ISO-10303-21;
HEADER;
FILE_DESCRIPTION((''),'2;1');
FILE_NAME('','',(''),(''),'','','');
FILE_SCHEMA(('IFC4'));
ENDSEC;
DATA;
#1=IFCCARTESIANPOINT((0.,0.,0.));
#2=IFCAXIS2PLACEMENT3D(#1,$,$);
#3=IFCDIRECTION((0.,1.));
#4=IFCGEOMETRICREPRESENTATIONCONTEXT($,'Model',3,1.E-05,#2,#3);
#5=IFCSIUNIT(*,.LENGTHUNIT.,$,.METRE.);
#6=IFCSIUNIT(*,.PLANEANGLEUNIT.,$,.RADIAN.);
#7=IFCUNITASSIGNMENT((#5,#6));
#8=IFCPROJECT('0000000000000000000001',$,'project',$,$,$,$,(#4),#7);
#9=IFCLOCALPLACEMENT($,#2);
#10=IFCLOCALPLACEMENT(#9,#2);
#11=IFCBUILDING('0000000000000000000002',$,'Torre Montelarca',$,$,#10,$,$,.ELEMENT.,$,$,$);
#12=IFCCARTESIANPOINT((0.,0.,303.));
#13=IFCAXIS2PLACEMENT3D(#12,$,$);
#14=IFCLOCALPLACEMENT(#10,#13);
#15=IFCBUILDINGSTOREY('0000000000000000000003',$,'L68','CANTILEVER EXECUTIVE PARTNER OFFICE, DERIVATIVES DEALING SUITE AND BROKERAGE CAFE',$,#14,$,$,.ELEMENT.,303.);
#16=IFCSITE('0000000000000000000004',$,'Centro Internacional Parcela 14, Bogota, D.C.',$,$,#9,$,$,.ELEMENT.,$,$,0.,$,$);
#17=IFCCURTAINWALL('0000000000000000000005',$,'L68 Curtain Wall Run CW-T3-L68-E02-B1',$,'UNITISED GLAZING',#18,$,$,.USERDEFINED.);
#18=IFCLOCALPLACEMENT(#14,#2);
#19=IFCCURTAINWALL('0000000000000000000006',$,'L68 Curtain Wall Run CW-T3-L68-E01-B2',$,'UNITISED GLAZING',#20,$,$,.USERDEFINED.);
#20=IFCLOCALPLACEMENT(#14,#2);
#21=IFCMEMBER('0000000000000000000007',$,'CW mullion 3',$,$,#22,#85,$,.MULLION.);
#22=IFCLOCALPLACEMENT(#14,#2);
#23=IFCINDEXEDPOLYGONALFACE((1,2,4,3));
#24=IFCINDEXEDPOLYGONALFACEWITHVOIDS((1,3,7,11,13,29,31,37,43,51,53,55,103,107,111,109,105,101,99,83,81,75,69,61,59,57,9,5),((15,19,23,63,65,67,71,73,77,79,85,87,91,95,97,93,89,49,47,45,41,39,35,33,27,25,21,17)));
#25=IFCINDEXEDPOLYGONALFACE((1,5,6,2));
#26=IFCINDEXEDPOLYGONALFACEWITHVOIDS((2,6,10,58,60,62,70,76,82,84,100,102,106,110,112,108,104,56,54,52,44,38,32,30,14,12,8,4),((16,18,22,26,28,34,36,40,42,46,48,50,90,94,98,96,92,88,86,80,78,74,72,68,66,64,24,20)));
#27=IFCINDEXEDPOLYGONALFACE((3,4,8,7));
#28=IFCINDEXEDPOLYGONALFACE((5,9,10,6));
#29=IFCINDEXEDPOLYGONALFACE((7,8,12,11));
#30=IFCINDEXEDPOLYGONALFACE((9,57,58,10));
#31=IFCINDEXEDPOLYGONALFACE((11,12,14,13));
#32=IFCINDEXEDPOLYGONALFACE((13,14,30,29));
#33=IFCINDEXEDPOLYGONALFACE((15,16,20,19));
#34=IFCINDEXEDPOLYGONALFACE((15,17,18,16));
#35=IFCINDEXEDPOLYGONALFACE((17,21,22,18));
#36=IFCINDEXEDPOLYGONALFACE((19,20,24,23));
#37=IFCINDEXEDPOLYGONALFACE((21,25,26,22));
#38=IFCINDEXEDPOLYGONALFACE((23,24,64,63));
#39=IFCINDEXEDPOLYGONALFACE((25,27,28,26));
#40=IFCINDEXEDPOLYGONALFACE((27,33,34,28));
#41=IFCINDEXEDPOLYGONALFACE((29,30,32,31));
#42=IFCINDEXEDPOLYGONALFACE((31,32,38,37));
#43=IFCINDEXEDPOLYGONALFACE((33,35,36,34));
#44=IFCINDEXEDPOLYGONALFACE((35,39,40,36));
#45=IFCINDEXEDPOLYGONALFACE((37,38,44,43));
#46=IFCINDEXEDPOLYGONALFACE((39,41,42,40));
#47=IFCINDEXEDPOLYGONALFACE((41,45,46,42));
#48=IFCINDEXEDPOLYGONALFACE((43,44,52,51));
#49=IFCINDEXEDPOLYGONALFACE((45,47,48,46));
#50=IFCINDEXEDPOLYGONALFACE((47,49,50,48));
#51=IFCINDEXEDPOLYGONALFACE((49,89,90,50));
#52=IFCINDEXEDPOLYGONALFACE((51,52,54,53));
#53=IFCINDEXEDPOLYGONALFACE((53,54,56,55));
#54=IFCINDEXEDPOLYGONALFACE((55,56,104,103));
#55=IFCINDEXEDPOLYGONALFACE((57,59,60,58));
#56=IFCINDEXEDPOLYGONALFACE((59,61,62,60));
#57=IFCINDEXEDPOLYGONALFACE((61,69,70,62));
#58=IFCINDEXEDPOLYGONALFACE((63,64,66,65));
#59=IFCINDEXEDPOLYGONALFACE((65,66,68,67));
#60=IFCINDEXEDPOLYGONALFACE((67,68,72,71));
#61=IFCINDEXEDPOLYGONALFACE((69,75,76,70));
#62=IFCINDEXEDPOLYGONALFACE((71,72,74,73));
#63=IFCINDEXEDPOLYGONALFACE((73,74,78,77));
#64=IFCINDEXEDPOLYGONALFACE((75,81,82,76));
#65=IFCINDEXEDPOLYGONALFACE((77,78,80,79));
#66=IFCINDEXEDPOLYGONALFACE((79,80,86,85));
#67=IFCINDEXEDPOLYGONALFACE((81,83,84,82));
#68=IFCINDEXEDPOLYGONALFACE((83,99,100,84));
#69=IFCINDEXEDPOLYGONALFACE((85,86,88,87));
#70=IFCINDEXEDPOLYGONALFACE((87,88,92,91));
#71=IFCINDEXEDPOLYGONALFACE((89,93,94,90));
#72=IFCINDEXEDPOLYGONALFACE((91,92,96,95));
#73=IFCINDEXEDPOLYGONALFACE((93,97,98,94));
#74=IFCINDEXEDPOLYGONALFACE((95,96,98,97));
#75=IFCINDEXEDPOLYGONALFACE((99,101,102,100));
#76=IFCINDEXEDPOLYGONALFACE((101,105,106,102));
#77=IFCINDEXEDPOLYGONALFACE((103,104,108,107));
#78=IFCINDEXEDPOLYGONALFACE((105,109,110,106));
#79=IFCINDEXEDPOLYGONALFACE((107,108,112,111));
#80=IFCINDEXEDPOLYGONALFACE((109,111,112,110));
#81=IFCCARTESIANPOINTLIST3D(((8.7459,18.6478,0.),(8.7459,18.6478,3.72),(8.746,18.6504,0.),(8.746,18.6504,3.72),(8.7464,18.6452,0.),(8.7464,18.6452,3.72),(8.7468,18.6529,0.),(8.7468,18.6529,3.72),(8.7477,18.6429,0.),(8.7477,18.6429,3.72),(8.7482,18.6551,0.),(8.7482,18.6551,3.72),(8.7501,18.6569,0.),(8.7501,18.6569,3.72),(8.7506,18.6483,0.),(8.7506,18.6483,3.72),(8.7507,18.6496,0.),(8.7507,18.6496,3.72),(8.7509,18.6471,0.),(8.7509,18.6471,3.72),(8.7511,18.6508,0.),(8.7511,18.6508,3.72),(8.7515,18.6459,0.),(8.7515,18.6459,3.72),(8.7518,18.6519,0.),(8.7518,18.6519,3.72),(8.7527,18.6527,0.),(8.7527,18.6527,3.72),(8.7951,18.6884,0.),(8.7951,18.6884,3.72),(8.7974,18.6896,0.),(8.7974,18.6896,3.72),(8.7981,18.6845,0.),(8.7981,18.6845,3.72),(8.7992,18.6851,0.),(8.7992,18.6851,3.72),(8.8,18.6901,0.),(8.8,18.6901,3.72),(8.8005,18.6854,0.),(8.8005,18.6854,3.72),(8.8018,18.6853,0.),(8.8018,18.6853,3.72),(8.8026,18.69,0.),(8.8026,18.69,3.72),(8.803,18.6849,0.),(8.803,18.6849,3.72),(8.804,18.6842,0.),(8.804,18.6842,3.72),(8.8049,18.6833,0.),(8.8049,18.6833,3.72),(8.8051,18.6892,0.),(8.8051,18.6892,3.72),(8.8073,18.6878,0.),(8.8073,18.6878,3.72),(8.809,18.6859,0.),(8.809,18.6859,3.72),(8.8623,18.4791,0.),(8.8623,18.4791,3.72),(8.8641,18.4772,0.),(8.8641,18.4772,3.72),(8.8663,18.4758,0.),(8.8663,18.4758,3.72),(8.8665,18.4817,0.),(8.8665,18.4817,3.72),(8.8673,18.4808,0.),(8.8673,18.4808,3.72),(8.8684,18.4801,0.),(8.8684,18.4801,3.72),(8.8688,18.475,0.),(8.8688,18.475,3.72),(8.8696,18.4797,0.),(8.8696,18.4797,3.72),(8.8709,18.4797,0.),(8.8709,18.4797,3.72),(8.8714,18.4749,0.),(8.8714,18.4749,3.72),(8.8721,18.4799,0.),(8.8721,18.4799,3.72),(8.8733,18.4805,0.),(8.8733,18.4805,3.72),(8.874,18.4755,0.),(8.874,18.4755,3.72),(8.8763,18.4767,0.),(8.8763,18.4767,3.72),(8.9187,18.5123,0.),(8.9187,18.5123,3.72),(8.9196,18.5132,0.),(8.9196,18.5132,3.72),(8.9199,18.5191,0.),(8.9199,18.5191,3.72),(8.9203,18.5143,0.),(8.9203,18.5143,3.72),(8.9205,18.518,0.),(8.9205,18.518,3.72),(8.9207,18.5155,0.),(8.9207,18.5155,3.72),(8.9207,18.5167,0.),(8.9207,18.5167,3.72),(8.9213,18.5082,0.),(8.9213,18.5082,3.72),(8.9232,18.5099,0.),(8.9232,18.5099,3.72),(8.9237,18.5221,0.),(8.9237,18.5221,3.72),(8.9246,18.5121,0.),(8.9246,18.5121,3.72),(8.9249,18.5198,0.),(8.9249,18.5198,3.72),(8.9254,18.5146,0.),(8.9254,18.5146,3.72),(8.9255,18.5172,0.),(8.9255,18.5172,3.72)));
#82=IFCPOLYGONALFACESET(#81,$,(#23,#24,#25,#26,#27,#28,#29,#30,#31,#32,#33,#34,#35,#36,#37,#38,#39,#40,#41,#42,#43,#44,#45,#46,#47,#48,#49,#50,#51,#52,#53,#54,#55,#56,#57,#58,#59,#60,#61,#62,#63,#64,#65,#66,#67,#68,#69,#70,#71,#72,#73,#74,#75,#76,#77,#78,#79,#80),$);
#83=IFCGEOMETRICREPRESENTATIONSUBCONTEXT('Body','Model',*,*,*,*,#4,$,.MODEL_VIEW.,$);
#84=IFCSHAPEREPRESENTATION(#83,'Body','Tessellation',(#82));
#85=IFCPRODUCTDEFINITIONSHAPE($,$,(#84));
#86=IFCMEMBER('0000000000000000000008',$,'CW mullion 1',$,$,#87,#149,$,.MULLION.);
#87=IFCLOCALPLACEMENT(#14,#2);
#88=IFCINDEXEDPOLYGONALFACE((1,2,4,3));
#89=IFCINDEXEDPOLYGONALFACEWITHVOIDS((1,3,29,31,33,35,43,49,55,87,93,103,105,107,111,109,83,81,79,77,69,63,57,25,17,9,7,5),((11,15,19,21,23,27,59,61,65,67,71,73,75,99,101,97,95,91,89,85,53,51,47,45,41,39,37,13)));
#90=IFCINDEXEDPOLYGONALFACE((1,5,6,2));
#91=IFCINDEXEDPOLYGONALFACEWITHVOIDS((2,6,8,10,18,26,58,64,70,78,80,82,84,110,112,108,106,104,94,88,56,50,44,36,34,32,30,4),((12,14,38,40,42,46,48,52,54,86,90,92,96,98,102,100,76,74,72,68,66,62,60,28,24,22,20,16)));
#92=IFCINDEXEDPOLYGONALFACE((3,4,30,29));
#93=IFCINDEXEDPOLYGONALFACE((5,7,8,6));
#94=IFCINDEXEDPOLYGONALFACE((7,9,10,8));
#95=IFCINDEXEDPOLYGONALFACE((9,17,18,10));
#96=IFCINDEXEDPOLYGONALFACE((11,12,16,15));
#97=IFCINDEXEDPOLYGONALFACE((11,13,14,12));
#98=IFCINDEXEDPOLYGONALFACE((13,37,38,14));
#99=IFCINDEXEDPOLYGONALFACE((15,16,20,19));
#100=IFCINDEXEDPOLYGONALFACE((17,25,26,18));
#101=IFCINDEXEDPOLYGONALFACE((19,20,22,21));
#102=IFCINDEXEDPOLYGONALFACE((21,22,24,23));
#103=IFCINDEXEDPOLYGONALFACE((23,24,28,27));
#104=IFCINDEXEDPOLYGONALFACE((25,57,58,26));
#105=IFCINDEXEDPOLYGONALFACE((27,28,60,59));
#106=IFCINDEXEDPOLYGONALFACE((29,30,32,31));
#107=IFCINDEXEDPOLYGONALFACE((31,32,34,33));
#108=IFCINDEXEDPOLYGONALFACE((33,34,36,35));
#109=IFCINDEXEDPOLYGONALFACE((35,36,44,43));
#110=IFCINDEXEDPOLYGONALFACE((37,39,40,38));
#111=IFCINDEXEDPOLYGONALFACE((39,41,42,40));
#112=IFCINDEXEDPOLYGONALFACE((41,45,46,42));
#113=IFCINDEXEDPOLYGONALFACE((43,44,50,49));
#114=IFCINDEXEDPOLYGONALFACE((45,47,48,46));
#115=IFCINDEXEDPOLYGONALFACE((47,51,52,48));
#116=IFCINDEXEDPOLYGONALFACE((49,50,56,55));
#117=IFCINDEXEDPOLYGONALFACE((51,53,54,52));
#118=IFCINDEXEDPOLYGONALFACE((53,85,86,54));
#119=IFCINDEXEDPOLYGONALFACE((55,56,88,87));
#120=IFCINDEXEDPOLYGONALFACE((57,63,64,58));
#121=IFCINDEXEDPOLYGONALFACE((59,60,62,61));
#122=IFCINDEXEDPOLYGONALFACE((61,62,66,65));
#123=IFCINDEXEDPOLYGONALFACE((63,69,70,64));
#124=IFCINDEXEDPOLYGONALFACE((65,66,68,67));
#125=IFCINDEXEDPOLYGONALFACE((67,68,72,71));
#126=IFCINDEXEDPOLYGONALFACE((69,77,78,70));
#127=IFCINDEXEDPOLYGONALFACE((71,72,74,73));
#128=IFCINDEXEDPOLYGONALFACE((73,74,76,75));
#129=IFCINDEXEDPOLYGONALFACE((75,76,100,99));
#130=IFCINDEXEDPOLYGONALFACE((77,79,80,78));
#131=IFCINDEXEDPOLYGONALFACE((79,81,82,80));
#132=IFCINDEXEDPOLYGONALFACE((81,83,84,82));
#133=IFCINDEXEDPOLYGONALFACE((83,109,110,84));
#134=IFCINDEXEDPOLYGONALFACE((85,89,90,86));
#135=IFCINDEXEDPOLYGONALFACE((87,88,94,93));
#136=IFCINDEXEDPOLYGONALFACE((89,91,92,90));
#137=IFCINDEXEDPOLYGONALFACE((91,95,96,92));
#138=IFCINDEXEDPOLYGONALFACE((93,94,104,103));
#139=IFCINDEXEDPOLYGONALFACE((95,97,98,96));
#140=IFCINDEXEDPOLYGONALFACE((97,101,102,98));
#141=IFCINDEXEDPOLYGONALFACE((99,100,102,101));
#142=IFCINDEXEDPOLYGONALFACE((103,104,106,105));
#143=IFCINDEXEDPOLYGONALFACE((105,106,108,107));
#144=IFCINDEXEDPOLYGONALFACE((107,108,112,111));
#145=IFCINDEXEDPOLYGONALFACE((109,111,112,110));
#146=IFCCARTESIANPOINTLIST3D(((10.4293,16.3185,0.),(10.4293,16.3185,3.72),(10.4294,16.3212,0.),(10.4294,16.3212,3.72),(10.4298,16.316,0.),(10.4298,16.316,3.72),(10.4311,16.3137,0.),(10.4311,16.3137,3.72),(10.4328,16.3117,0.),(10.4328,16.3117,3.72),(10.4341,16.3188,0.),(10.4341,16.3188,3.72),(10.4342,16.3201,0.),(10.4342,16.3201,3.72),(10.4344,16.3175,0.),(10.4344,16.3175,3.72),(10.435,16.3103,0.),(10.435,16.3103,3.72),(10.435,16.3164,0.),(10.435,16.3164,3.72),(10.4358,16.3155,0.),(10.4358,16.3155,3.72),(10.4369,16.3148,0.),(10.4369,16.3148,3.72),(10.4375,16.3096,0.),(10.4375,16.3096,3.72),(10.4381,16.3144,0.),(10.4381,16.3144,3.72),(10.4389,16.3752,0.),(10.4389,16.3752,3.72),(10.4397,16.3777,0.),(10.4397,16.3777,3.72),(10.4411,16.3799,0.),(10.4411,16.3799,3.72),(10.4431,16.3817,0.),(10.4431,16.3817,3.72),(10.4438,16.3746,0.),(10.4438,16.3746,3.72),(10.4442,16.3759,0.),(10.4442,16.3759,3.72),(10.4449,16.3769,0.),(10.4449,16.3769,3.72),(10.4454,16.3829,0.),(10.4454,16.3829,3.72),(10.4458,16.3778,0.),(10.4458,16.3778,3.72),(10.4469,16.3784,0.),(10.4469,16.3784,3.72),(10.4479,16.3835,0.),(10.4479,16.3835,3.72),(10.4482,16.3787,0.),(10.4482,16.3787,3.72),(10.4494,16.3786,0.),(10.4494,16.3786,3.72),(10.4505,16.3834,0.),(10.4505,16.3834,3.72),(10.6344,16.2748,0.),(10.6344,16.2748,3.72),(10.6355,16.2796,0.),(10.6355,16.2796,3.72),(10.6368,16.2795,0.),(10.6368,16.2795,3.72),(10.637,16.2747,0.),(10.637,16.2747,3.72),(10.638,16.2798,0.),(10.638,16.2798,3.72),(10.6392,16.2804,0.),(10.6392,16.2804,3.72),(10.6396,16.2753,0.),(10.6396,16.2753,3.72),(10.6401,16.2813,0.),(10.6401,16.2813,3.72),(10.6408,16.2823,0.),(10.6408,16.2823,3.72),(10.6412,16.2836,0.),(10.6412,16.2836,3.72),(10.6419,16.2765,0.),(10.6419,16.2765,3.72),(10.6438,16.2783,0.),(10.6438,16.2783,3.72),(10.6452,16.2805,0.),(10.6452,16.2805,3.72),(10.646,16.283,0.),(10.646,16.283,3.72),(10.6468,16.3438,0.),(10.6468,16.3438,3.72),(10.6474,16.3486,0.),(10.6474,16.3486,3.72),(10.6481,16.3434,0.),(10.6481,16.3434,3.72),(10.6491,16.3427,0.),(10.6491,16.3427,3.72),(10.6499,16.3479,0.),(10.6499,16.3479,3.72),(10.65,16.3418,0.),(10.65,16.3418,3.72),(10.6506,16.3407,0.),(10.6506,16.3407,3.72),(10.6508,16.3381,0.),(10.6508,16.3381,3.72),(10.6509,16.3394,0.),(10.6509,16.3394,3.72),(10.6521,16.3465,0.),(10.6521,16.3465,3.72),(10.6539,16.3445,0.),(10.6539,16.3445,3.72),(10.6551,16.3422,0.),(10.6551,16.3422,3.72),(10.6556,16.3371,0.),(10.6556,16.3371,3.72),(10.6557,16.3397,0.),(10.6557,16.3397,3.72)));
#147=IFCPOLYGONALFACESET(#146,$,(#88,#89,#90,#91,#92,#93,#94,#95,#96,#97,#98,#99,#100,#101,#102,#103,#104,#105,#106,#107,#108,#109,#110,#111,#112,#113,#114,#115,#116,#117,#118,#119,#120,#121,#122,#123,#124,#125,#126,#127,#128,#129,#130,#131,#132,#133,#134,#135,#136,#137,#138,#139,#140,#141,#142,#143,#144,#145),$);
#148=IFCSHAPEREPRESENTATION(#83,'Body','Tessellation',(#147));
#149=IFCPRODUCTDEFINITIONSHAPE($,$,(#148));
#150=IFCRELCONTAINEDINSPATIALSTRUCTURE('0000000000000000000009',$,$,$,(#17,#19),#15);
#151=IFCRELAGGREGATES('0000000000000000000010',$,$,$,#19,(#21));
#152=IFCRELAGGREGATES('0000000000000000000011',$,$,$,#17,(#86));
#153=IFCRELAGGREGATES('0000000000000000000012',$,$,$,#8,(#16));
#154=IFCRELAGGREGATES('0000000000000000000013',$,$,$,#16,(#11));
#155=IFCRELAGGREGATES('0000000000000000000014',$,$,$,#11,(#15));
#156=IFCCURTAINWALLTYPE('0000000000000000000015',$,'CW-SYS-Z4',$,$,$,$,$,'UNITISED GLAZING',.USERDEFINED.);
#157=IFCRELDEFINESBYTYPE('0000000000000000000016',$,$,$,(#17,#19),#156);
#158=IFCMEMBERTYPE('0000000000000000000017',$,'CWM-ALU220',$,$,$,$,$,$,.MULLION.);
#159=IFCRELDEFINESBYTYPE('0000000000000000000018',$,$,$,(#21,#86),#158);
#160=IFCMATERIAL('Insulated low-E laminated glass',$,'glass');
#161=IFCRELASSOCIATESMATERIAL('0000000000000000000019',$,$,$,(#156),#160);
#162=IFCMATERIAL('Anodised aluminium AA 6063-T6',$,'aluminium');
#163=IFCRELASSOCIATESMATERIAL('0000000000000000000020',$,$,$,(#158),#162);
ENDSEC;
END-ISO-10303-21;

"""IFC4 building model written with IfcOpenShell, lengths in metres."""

from ifc_helpers import new_model, si_unit, direction, frame, origin, origin_2d, place, context, subcontext, project, spatial, hollow_rectangle, extrude, source, transform, mapped, material, material_profile, profile_set, type_object, element, aggregate, save


model = new_model("IFC4")

# Units and contexts
model_context = context("Model", 3, precision=1e-05, world=origin(), true_north=direction((0.0, 1.0)))
body_context = subcontext(model_context, "Body", "Model", "MODEL_VIEW")
ifc_project = project(units=[si_unit("LENGTHUNIT", "METRE"), si_unit("PLANEANGLEUNIT", "RADIAN")], contexts=[model_context])

# Site, building, storey
site_placement = place(None, origin())
site = spatial("IfcSite", under=ifc_project, at=site_placement, Name="Centro Internacional Parcela 14, Bogota, D.C.", CompositionType="ELEMENT", RefElevation=0.0)
building_placement = place(site_placement, origin())
building = spatial("IfcBuilding", under=site, at=building_placement, Name="Torre Montelarca", CompositionType="ELEMENT")
storey_placement = place(building_placement, frame((0.0, 0.0, 303.0)))
storey = spatial("IfcBuildingStorey", under=building, at=storey_placement, Name="L68", Description="CANTILEVER EXECUTIVE PARTNER OFFICE, DERIVATIVES DEALING SUITE AND BROKERAGE CAFE", CompositionType="ELEMENT", Elevation=303.0)

# Curtain wall
ifc_material_1 = material(Name="Insulated low-E laminated glass", Category="glass")
curtain_wall_type = type_object("IfcCurtainWallType", Name="CW-SYS-Z4", ElementType="UNITISED GLAZING", PredefinedType="USERDEFINED", material=ifc_material_1)
curtain_wall_1_placement = place(storey_placement, origin())
curtain_wall_1 = element("IfcCurtainWall", 1, at=curtain_wall_1_placement, inside=storey, type_object=curtain_wall_type, Name="L68 Curtain Wall Run CW-T3-L68-E02-B1", ObjectType="UNITISED GLAZING", PredefinedType="USERDEFINED")
ifc_material_2 = material(Name="Anodised aluminium AA 6063-T6", Category="aluminium")

# Curtain wall, member
curtain_wall_2_placement = place(storey_placement, origin())
curtain_wall_2 = element("IfcCurtainWall", 2, at=curtain_wall_2_placement, inside=storey, type_object=curtain_wall_type, Name="L68 Curtain Wall Run CW-T3-L68-E01-B2", ObjectType="UNITISED GLAZING", PredefinedType="USERDEFINED")
ifc_material_profile_1 = material_profile(ifc_material_2, hollow_rectangle(XDim=0.075, YDim=0.22, WallThickness=0.0049, InnerFilletRadius=0.0049, OuterFilletRadius=0.01, at=origin_2d()), Name="ALU75X220X5", Category="aluminium")
ifc_profile_set_1 = profile_set([ifc_material_profile_1], Name="Anodised aluminium AA 6063-T6")
member_type_1 = type_object("IfcMemberType", Name="CWM-ALU220", PredefinedType="MULLION", material=ifc_profile_set_1)
shared_shape_1 = source(origin(), body_context, "Body", "SweptSolid", [
    extrude(hollow_rectangle(XDim=0.075, YDim=0.22, WallThickness=0.0049, InnerFilletRadius=0.0049, OuterFilletRadius=0.01, at=origin_2d()), origin(), (0.0, 0.0, 1.0), 3.72),
])
member_1_placement = place(storey_placement, frame((8.8357, 18.5825, 0.0), z_axis=(0.0, 0.0, 1.0), x_axis=(0.81916, 0.573565, 0.0)))
member_1 = element("IfcMember", 3, at=member_1_placement, type_object=member_type_1, Name="CW mullion 3", PredefinedType="MULLION", context=body_context, shape_type="MappedRepresentation", body=[
    mapped(shared_shape_1, transform((0.0, 0.0, 0.0), scale=1.0)),
])
aggregate(curtain_wall_2, [member_1])

# Member
member_2_placement = place(storey_placement, frame((10.5425, 16.3291, 0.0), z_axis=(0.0, 0.0, 1.0), x_axis=(0.173642, 0.984809, 0.0)))
member_2 = element("IfcMember", 4, at=member_2_placement, type_object=member_type_1, Name="CW mullion 1", PredefinedType="MULLION", context=body_context, shape_type="MappedRepresentation", body=[
    mapped(shared_shape_1, transform((0.0, 0.0, 0.0), scale=1.0)),
])

aggregate(curtain_wall_1, [member_2])

save(model, "model.ifc")
